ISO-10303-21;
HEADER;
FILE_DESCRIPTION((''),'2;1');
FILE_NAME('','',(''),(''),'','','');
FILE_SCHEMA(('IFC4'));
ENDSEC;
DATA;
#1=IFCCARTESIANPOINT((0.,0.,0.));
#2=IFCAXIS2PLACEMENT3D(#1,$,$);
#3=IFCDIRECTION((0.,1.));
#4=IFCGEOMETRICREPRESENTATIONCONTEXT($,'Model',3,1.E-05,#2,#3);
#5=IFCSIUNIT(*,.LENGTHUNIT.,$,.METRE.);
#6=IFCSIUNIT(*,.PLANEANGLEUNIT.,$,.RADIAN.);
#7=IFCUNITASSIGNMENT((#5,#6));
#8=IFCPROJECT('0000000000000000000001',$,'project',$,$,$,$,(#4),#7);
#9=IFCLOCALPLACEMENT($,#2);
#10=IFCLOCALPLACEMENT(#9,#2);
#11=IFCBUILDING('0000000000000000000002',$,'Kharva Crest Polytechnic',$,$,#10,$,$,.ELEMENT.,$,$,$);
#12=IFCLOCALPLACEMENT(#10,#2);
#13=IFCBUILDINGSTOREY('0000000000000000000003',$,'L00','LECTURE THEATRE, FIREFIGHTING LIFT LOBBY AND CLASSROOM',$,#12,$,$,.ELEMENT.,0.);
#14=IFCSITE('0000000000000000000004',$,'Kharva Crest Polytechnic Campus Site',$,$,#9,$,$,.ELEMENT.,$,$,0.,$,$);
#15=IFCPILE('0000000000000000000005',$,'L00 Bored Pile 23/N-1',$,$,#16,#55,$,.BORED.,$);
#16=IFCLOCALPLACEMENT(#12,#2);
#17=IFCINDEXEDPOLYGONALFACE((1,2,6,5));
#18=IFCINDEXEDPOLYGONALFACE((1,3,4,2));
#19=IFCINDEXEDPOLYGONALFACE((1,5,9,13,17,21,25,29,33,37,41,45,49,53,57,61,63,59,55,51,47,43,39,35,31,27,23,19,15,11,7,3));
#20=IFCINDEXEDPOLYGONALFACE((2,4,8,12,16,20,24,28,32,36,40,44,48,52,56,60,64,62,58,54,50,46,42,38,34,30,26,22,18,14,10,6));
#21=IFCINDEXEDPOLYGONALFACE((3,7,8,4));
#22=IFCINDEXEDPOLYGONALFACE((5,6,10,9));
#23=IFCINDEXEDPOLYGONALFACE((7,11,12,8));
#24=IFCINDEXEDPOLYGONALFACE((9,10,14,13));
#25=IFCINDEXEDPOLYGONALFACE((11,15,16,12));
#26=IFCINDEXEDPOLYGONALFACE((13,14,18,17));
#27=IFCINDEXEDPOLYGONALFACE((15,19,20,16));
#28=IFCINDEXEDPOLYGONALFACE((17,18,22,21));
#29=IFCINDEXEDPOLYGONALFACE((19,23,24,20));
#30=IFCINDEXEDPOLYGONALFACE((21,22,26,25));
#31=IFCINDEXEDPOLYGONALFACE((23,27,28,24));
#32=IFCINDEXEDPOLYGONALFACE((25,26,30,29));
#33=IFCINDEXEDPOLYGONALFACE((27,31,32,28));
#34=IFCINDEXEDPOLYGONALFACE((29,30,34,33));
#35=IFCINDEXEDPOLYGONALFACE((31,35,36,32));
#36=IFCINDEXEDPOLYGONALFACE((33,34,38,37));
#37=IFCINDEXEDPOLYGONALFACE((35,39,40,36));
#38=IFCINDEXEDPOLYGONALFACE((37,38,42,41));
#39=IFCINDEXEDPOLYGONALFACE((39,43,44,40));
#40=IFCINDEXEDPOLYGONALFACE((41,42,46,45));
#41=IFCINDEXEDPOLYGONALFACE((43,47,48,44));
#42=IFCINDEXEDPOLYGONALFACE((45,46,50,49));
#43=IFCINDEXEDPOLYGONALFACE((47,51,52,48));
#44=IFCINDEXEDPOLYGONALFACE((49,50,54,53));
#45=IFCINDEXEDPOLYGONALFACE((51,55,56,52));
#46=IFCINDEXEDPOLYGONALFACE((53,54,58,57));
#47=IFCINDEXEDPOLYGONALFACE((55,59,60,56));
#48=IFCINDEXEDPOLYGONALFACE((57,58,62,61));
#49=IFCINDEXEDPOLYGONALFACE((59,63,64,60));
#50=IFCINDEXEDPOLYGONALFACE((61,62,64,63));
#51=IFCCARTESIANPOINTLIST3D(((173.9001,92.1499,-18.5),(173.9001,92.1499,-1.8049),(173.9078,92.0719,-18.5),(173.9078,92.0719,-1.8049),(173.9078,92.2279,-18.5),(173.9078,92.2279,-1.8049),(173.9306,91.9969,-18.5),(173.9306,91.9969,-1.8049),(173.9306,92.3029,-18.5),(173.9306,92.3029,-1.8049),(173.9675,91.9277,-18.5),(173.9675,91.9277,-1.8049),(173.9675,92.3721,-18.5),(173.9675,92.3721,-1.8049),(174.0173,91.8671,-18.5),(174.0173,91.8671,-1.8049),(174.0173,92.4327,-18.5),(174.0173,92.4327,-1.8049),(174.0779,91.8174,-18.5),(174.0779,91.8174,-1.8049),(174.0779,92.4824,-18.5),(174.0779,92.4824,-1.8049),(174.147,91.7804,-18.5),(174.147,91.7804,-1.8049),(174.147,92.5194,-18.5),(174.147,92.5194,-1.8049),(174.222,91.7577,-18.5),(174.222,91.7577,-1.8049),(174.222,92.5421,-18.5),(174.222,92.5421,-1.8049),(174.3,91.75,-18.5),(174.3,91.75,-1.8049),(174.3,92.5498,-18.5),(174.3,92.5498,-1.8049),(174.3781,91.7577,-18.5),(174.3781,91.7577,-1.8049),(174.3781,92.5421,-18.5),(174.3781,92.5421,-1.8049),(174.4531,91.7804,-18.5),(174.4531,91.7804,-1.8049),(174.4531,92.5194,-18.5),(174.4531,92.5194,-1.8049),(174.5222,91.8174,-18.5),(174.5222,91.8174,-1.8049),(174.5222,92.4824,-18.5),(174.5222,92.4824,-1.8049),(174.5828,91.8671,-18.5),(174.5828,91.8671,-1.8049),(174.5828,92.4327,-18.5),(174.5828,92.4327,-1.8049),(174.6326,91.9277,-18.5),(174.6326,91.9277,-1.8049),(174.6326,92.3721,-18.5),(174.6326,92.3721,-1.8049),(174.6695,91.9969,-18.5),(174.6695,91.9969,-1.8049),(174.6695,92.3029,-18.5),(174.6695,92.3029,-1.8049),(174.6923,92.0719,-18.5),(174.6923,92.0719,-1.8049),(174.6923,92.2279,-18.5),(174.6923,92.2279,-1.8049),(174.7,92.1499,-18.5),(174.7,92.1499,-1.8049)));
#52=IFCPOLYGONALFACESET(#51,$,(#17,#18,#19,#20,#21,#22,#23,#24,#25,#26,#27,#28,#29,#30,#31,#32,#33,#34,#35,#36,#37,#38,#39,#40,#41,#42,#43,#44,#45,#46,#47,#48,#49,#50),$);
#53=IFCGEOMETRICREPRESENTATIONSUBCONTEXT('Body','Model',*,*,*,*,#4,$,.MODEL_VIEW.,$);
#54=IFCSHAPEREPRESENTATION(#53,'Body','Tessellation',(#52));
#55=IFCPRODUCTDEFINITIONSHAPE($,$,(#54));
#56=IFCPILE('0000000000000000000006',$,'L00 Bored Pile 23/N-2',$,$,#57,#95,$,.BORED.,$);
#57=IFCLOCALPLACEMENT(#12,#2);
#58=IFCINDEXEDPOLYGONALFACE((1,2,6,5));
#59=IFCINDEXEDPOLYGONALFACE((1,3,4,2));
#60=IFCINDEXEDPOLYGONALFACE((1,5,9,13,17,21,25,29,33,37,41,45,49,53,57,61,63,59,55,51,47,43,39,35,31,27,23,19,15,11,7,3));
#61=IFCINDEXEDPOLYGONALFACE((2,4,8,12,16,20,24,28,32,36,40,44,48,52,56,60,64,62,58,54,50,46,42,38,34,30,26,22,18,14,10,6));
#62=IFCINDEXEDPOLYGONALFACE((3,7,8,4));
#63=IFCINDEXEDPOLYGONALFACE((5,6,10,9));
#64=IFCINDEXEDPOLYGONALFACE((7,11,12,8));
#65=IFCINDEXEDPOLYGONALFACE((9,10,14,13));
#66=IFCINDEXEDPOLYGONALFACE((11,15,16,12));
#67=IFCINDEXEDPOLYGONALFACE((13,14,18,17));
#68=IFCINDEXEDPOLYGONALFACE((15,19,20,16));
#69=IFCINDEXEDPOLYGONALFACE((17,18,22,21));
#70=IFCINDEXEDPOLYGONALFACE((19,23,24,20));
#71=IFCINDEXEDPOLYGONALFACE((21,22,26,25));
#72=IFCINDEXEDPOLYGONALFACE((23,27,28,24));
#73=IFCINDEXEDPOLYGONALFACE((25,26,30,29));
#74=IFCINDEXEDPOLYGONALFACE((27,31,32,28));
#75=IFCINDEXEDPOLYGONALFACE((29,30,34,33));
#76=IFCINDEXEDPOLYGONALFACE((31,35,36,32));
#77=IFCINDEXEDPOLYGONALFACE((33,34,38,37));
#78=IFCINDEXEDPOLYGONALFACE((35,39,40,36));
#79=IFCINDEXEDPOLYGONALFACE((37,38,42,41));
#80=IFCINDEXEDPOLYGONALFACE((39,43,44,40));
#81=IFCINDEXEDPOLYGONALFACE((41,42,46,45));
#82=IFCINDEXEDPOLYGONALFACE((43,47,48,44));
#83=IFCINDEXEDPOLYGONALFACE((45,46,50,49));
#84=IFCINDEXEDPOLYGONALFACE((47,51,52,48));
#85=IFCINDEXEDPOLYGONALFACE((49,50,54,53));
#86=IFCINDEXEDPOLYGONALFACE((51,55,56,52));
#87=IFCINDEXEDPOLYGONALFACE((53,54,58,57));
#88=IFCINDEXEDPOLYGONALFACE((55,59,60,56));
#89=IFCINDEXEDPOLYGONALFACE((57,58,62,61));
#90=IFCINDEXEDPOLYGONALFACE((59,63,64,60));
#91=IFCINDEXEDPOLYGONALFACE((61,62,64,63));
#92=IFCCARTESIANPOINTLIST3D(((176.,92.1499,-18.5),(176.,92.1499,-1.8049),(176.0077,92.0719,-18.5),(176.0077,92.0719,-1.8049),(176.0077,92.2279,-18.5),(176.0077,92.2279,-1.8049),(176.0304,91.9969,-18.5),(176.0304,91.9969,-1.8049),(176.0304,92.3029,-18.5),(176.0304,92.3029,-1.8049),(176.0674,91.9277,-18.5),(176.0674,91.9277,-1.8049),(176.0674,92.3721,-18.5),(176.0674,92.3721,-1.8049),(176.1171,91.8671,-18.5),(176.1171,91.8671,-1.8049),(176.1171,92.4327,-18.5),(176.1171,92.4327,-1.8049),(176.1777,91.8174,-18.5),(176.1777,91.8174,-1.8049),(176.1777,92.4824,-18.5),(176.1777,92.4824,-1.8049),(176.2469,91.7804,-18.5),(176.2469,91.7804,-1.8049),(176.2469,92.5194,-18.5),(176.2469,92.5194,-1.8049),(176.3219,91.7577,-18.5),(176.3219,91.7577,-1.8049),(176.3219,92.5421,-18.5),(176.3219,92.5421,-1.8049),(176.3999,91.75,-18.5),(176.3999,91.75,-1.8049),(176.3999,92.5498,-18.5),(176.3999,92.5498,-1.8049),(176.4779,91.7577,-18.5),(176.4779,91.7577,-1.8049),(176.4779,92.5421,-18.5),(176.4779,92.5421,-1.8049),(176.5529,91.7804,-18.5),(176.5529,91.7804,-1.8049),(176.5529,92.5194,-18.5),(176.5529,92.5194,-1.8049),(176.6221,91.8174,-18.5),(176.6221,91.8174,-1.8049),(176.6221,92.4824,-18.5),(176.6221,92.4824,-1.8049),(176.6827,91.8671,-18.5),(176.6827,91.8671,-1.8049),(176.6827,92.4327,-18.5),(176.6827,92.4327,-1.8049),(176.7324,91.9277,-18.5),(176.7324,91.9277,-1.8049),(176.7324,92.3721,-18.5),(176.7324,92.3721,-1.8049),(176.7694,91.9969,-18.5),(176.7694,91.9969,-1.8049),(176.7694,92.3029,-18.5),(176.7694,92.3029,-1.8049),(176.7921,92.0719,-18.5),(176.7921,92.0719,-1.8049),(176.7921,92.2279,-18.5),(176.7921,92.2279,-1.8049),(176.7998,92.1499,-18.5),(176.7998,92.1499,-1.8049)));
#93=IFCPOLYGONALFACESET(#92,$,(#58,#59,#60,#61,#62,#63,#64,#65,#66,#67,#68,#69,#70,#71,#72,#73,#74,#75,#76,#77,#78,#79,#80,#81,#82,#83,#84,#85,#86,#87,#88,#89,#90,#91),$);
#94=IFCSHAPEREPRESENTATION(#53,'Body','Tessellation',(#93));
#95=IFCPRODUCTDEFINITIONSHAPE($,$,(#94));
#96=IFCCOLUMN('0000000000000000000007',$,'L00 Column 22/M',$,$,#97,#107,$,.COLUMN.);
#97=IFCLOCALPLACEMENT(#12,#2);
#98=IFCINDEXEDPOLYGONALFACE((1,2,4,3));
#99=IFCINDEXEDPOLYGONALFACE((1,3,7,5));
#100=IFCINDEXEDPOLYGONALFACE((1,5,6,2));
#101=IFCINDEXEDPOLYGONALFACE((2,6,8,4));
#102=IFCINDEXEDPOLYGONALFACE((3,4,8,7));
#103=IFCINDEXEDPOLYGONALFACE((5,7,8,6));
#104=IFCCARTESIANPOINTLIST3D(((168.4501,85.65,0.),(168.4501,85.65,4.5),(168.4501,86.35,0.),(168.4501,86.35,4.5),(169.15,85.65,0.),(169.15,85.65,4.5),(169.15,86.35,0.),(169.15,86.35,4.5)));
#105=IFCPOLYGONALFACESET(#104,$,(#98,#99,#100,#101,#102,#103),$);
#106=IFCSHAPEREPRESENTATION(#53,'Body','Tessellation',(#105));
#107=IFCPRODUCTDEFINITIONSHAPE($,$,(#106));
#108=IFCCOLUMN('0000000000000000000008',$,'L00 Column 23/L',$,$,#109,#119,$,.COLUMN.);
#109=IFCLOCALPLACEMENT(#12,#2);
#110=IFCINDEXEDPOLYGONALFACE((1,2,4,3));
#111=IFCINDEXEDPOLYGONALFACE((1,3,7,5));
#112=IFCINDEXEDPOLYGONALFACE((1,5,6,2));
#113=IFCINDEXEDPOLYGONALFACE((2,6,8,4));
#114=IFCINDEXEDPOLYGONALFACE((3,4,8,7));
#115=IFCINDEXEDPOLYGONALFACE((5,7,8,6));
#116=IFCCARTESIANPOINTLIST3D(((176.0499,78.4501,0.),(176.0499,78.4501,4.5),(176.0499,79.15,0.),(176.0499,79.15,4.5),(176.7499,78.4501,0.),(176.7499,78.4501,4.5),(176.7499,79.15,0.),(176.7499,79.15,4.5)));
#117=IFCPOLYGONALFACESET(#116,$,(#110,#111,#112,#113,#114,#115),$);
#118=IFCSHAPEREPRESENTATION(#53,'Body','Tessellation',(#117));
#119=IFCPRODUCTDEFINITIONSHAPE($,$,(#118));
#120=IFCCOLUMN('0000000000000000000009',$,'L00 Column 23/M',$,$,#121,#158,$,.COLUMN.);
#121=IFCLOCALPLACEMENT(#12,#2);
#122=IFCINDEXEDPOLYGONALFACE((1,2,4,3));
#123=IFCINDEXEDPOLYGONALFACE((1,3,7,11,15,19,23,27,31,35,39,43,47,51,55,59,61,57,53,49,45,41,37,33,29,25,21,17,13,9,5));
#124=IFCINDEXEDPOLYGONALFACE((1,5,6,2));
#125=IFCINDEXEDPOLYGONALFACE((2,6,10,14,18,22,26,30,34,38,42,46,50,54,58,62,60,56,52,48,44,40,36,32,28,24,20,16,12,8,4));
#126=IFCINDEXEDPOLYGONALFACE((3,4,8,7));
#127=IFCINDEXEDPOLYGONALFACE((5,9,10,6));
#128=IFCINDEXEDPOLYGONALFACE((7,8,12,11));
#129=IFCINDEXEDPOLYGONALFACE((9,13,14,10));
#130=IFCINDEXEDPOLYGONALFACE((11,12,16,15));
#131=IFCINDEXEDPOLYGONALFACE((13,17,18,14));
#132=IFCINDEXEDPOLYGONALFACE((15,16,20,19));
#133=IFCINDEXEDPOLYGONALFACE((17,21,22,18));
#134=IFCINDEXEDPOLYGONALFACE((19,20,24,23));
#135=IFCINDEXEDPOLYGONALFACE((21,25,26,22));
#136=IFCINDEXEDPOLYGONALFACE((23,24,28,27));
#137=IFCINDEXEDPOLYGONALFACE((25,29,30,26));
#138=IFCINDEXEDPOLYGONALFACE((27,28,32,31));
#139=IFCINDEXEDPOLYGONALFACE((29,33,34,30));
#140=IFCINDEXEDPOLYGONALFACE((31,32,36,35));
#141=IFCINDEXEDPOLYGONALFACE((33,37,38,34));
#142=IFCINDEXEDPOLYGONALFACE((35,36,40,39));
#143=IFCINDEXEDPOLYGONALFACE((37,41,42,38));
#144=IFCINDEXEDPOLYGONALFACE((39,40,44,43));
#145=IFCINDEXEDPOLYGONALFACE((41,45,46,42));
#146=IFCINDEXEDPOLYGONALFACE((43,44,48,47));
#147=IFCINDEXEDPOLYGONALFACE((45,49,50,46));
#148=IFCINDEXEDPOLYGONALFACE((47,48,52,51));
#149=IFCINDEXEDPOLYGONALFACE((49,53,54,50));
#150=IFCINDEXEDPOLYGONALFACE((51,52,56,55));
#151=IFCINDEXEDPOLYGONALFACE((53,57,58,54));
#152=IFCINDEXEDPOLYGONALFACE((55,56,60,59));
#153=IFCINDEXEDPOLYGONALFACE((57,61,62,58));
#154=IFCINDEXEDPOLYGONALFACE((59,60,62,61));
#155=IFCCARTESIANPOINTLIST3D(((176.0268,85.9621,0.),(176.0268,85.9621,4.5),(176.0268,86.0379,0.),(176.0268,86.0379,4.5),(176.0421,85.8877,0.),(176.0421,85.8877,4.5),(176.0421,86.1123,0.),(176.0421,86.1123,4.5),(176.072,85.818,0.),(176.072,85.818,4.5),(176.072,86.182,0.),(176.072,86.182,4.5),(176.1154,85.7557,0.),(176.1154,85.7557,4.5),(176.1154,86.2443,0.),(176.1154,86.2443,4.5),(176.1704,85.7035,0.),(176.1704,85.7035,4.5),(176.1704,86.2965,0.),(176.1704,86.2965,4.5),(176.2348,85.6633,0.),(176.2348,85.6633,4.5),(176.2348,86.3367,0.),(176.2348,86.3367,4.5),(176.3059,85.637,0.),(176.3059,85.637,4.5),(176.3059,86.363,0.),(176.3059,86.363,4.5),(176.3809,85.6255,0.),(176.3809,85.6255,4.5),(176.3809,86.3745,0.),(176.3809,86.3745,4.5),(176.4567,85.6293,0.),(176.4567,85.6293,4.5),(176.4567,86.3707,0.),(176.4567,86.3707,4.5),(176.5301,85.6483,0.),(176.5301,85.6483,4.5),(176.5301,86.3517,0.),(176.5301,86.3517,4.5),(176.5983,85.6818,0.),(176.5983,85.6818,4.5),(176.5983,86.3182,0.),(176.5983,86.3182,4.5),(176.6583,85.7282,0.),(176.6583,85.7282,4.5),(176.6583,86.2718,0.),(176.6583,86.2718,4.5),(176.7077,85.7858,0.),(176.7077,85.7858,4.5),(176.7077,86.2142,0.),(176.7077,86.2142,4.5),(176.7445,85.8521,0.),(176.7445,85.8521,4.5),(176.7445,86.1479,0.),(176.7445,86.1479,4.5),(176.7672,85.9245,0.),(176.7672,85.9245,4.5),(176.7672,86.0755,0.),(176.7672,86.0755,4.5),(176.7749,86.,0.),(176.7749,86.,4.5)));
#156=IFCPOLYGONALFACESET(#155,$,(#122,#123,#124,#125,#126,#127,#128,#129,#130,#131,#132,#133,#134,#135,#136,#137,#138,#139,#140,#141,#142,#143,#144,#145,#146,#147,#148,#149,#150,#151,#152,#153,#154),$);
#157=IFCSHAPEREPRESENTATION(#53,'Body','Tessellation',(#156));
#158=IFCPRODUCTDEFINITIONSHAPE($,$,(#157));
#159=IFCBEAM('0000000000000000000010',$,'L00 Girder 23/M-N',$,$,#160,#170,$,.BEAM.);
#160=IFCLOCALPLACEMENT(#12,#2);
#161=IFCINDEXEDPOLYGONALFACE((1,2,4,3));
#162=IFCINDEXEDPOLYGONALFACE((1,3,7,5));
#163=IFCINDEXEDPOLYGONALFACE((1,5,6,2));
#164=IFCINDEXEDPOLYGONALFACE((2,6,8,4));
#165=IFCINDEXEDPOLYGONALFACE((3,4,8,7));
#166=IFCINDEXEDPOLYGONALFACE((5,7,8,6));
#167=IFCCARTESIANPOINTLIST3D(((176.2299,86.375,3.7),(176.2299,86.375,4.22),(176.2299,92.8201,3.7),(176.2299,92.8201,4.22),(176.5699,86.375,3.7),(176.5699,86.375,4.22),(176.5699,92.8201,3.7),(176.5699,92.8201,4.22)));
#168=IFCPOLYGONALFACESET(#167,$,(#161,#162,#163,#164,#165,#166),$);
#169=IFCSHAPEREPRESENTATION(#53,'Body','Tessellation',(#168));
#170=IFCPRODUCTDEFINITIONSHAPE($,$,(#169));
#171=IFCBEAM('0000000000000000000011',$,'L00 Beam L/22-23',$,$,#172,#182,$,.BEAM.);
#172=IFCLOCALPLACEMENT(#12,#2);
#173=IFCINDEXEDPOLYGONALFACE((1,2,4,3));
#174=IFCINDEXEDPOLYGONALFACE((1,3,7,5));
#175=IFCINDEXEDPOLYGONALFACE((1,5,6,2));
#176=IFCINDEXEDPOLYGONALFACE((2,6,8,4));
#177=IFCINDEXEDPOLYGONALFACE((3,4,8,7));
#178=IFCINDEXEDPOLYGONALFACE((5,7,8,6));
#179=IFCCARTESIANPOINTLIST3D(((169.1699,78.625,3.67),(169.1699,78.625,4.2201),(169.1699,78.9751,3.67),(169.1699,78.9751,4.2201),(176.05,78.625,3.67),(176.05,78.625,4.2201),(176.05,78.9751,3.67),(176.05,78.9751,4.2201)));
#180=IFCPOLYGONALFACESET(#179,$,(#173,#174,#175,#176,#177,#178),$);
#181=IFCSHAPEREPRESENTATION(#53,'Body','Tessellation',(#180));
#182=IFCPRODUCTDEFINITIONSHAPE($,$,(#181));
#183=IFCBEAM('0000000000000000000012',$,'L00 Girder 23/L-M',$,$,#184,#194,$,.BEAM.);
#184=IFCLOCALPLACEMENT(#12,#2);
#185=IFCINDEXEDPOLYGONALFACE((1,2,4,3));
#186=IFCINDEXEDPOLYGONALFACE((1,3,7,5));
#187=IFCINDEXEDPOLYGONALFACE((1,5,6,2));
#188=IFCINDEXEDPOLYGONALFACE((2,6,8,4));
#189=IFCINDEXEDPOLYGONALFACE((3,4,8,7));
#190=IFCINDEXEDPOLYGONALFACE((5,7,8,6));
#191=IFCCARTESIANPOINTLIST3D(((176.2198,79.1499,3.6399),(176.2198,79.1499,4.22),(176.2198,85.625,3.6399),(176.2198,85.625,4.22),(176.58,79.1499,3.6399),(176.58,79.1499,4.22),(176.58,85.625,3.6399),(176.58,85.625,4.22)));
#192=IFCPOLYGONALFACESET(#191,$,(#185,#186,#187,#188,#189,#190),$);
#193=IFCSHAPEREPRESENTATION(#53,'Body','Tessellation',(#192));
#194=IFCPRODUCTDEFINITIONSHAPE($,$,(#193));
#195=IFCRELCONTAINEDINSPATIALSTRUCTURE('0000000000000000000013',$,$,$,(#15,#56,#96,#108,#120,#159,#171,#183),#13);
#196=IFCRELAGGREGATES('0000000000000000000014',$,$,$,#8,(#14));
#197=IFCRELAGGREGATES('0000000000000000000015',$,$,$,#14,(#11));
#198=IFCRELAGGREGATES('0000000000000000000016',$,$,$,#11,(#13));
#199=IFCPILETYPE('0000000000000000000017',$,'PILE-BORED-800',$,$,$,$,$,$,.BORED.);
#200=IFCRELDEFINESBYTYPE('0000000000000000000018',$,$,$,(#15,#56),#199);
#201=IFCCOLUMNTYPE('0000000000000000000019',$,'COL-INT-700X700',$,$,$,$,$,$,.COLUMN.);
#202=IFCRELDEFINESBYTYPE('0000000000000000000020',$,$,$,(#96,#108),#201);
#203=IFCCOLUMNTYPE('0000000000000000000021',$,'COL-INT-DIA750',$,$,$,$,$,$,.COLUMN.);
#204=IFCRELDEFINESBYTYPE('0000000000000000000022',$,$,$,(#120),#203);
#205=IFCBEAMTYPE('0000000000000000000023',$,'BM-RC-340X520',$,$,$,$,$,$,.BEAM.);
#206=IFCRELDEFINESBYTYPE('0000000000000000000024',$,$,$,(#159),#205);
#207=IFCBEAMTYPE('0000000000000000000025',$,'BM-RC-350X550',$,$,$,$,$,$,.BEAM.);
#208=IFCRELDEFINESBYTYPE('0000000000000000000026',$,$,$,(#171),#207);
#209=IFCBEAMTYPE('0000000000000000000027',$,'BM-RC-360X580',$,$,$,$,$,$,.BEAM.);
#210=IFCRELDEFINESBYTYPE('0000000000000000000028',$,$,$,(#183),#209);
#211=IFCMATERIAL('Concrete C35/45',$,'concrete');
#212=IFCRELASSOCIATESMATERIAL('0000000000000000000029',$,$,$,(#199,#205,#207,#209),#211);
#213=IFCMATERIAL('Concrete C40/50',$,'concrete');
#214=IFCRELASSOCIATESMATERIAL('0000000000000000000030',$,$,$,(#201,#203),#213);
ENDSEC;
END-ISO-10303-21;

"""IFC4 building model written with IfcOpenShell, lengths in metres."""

from ifc_helpers import new_model, si_unit, direction, frame, origin, origin_2d, place, context, subcontext, project, spatial, rectangle, circle, extrude, material, material_profile, profile_set, type_object, element, save


model = new_model("IFC4")

# Units and contexts
model_context = context("Model", 3, precision=1e-05, world=origin(), true_north=direction((0.0, 1.0)))
body_context = subcontext(model_context, "Body", "Model", "MODEL_VIEW")
ifc_project = project(units=[si_unit("LENGTHUNIT", "METRE"), si_unit("PLANEANGLEUNIT", "RADIAN")], contexts=[model_context])

# Site, building, storey
site_placement = place(None, origin())
site = spatial("IfcSite", under=ifc_project, at=site_placement, Name="Kharva Crest Polytechnic Campus Site", CompositionType="ELEMENT", RefElevation=0.0)
building_placement = place(site_placement, origin())
building = spatial("IfcBuilding", under=site, at=building_placement, Name="Kharva Crest Polytechnic", CompositionType="ELEMENT")
storey_placement = place(building_placement, origin())
storey = spatial("IfcBuildingStorey", under=building, at=storey_placement, Name="L00", Description="LECTURE THEATRE, FIREFIGHTING LIFT LOBBY AND CLASSROOM", CompositionType="ELEMENT", Elevation=0.0)

# Shared definitions
ifc_material_1 = material(Name="Concrete C35/45", Category="concrete")

# Piles
ifc_material_profile_1 = material_profile(ifc_material_1, circle(Radius=0.3999, at=origin_2d()), Name="DIA 800")
ifc_profile_set_1 = profile_set([ifc_material_profile_1], Name="Concrete C35/45")
pile_type = type_object("IfcPileType", Name="PILE-BORED-800", PredefinedType="BORED", material=ifc_profile_set_1)
for number, where, z_axis, x_axis, name in (
    (1, (174.3, 92.1499, -1.8049), (0.0, 0.0, -1.0), (1.0, 0.0, 0.0), "L00 Bored Pile 23/N-1"),
    (2, (176.3999, 92.1499, -1.8049), (0.0, 0.0, -1.0), (1.0, 0.0, 0.0), "L00 Bored Pile 23/N-2"),
):
    element("IfcPile", number, at=place(storey_placement, frame(where, z_axis=z_axis, x_axis=x_axis)), inside=storey, type_object=pile_type, Name=name, PredefinedType="BORED", context=body_context, shape_type="SweptSolid", body=[
        extrude(circle(Radius=0.3999, at=origin_2d()), origin(), (0.0, 0.0, 1.0), 16.6951),
    ])

# Columns
ifc_material_2 = material(Name="Concrete C40/50", Category="concrete")
ifc_material_profile_2 = material_profile(ifc_material_2, rectangle(XDim=0.7, YDim=0.7, at=origin_2d()), Name="RECT 700 X 700")
ifc_profile_set_2 = profile_set([ifc_material_profile_2], Name="Concrete C40/50")
column_type_1 = type_object("IfcColumnType", Name="COL-INT-700X700", PredefinedType="COLUMN", material=ifc_profile_set_2)
for number, where, z_axis, x_axis, name in (
    (3, (168.8, 86.0, 0.0), (0.0, 0.0, 1.0), (1.0, 0.0, 0.0), "L00 Column 22/M"),
    (4, (176.3999, 78.8, 0.0), (0.0, 0.0, 1.0), (1.0, 0.0, 0.0), "L00 Column 23/L"),
):
    element("IfcColumn", number, at=place(storey_placement, frame(where, z_axis=z_axis, x_axis=x_axis)), inside=storey, type_object=column_type_1, Name=name, PredefinedType="COLUMN", context=body_context, shape_type="SweptSolid", body=[
        extrude(rectangle(XDim=0.7, YDim=0.7, at=origin_2d()), origin(), (0.0, 0.0, 1.0), 4.5),
    ])
ifc_material_profile_3 = material_profile(ifc_material_2, circle(Radius=0.375, at=origin_2d()), Name="DIA 750")
ifc_profile_set_3 = profile_set([ifc_material_profile_3], Name="Concrete C40/50")
column_type_2 = type_object("IfcColumnType", Name="COL-INT-DIA750", PredefinedType="COLUMN", material=ifc_profile_set_3)
column_placement = place(storey_placement, frame((176.3999, 86.0, 0.0), z_axis=(0.0, 0.0, 1.0), x_axis=(1.0, 0.0, 0.0)))
element("IfcColumn", 5, at=column_placement, inside=storey, type_object=column_type_2, Name="L00 Column 23/M", PredefinedType="COLUMN", context=body_context, shape_type="SweptSolid", body=[
    extrude(circle(Radius=0.375, at=origin_2d()), origin(), (0.0, 0.0, 1.0), 4.5),
])

# Beams
ifc_material_profile_4 = material_profile(ifc_material_1, rectangle(XDim=0.3401, YDim=0.52, at=origin_2d()), Name="RECT 340 X 520")
ifc_profile_set_4 = profile_set([ifc_material_profile_4], Name="Concrete C35/45")
beam_type_1 = type_object("IfcBeamType", Name="BM-RC-340X520", PredefinedType="BEAM", material=ifc_profile_set_4)
beam_1_placement = place(storey_placement, frame((176.3999, 86.375, 3.96), z_axis=(0.0, 1.0, 0.0), x_axis=(-1.0, 0.0, 0.0)))
element("IfcBeam", 6, at=beam_1_placement, inside=storey, type_object=beam_type_1, Name="L00 Girder 23/M-N", PredefinedType="BEAM", context=body_context, shape_type="SweptSolid", body=[
    extrude(rectangle(XDim=0.3401, YDim=0.52, at=origin_2d()), origin(), (0.0, 0.0, 1.0), 6.4451),
])
ifc_material_profile_5 = material_profile(ifc_material_1, rectangle(XDim=0.3501, YDim=0.55, at=origin_2d()), Name="RECT 350 X 550")
ifc_profile_set_5 = profile_set([ifc_material_profile_5], Name="Concrete C35/45")
beam_type_2 = type_object("IfcBeamType", Name="BM-RC-350X550", PredefinedType="BEAM", material=ifc_profile_set_5)
beam_2_placement = place(storey_placement, frame((169.1699, 78.8, 3.9451), z_axis=(1.0, 0.0, 0.0), x_axis=(0.0, 1.0, 0.0)))
element("IfcBeam", 7, at=beam_2_placement, inside=storey, type_object=beam_type_2, Name="L00 Beam L/22-23", PredefinedType="BEAM", context=body_context, shape_type="SweptSolid", body=[
    extrude(rectangle(XDim=0.3501, YDim=0.55, at=origin_2d()), origin(), (0.0, 0.0, 1.0), 6.8801),
])
ifc_material_profile_6 = material_profile(ifc_material_1, rectangle(XDim=0.3601, YDim=0.5801, at=origin_2d()), Name="RECT 360 X 580")
ifc_profile_set_6 = profile_set([ifc_material_profile_6], Name="Concrete C35/45")
beam_type_3 = type_object("IfcBeamType", Name="BM-RC-360X580", PredefinedType="BEAM", material=ifc_profile_set_6)
beam_3_placement = place(storey_placement, frame((176.3999, 79.1499, 3.9299), z_axis=(0.0, 1.0, 0.0), x_axis=(-1.0, 0.0, 0.0)))
element("IfcBeam", 8, at=beam_3_placement, inside=storey, type_object=beam_type_3, Name="L00 Girder 23/L-M", PredefinedType="BEAM", context=body_context, shape_type="SweptSolid", body=[
    extrude(rectangle(XDim=0.3601, YDim=0.5801, at=origin_2d()), origin(), (0.0, 0.0, 1.0), 6.4751),
])

save(model, "model.ifc")
